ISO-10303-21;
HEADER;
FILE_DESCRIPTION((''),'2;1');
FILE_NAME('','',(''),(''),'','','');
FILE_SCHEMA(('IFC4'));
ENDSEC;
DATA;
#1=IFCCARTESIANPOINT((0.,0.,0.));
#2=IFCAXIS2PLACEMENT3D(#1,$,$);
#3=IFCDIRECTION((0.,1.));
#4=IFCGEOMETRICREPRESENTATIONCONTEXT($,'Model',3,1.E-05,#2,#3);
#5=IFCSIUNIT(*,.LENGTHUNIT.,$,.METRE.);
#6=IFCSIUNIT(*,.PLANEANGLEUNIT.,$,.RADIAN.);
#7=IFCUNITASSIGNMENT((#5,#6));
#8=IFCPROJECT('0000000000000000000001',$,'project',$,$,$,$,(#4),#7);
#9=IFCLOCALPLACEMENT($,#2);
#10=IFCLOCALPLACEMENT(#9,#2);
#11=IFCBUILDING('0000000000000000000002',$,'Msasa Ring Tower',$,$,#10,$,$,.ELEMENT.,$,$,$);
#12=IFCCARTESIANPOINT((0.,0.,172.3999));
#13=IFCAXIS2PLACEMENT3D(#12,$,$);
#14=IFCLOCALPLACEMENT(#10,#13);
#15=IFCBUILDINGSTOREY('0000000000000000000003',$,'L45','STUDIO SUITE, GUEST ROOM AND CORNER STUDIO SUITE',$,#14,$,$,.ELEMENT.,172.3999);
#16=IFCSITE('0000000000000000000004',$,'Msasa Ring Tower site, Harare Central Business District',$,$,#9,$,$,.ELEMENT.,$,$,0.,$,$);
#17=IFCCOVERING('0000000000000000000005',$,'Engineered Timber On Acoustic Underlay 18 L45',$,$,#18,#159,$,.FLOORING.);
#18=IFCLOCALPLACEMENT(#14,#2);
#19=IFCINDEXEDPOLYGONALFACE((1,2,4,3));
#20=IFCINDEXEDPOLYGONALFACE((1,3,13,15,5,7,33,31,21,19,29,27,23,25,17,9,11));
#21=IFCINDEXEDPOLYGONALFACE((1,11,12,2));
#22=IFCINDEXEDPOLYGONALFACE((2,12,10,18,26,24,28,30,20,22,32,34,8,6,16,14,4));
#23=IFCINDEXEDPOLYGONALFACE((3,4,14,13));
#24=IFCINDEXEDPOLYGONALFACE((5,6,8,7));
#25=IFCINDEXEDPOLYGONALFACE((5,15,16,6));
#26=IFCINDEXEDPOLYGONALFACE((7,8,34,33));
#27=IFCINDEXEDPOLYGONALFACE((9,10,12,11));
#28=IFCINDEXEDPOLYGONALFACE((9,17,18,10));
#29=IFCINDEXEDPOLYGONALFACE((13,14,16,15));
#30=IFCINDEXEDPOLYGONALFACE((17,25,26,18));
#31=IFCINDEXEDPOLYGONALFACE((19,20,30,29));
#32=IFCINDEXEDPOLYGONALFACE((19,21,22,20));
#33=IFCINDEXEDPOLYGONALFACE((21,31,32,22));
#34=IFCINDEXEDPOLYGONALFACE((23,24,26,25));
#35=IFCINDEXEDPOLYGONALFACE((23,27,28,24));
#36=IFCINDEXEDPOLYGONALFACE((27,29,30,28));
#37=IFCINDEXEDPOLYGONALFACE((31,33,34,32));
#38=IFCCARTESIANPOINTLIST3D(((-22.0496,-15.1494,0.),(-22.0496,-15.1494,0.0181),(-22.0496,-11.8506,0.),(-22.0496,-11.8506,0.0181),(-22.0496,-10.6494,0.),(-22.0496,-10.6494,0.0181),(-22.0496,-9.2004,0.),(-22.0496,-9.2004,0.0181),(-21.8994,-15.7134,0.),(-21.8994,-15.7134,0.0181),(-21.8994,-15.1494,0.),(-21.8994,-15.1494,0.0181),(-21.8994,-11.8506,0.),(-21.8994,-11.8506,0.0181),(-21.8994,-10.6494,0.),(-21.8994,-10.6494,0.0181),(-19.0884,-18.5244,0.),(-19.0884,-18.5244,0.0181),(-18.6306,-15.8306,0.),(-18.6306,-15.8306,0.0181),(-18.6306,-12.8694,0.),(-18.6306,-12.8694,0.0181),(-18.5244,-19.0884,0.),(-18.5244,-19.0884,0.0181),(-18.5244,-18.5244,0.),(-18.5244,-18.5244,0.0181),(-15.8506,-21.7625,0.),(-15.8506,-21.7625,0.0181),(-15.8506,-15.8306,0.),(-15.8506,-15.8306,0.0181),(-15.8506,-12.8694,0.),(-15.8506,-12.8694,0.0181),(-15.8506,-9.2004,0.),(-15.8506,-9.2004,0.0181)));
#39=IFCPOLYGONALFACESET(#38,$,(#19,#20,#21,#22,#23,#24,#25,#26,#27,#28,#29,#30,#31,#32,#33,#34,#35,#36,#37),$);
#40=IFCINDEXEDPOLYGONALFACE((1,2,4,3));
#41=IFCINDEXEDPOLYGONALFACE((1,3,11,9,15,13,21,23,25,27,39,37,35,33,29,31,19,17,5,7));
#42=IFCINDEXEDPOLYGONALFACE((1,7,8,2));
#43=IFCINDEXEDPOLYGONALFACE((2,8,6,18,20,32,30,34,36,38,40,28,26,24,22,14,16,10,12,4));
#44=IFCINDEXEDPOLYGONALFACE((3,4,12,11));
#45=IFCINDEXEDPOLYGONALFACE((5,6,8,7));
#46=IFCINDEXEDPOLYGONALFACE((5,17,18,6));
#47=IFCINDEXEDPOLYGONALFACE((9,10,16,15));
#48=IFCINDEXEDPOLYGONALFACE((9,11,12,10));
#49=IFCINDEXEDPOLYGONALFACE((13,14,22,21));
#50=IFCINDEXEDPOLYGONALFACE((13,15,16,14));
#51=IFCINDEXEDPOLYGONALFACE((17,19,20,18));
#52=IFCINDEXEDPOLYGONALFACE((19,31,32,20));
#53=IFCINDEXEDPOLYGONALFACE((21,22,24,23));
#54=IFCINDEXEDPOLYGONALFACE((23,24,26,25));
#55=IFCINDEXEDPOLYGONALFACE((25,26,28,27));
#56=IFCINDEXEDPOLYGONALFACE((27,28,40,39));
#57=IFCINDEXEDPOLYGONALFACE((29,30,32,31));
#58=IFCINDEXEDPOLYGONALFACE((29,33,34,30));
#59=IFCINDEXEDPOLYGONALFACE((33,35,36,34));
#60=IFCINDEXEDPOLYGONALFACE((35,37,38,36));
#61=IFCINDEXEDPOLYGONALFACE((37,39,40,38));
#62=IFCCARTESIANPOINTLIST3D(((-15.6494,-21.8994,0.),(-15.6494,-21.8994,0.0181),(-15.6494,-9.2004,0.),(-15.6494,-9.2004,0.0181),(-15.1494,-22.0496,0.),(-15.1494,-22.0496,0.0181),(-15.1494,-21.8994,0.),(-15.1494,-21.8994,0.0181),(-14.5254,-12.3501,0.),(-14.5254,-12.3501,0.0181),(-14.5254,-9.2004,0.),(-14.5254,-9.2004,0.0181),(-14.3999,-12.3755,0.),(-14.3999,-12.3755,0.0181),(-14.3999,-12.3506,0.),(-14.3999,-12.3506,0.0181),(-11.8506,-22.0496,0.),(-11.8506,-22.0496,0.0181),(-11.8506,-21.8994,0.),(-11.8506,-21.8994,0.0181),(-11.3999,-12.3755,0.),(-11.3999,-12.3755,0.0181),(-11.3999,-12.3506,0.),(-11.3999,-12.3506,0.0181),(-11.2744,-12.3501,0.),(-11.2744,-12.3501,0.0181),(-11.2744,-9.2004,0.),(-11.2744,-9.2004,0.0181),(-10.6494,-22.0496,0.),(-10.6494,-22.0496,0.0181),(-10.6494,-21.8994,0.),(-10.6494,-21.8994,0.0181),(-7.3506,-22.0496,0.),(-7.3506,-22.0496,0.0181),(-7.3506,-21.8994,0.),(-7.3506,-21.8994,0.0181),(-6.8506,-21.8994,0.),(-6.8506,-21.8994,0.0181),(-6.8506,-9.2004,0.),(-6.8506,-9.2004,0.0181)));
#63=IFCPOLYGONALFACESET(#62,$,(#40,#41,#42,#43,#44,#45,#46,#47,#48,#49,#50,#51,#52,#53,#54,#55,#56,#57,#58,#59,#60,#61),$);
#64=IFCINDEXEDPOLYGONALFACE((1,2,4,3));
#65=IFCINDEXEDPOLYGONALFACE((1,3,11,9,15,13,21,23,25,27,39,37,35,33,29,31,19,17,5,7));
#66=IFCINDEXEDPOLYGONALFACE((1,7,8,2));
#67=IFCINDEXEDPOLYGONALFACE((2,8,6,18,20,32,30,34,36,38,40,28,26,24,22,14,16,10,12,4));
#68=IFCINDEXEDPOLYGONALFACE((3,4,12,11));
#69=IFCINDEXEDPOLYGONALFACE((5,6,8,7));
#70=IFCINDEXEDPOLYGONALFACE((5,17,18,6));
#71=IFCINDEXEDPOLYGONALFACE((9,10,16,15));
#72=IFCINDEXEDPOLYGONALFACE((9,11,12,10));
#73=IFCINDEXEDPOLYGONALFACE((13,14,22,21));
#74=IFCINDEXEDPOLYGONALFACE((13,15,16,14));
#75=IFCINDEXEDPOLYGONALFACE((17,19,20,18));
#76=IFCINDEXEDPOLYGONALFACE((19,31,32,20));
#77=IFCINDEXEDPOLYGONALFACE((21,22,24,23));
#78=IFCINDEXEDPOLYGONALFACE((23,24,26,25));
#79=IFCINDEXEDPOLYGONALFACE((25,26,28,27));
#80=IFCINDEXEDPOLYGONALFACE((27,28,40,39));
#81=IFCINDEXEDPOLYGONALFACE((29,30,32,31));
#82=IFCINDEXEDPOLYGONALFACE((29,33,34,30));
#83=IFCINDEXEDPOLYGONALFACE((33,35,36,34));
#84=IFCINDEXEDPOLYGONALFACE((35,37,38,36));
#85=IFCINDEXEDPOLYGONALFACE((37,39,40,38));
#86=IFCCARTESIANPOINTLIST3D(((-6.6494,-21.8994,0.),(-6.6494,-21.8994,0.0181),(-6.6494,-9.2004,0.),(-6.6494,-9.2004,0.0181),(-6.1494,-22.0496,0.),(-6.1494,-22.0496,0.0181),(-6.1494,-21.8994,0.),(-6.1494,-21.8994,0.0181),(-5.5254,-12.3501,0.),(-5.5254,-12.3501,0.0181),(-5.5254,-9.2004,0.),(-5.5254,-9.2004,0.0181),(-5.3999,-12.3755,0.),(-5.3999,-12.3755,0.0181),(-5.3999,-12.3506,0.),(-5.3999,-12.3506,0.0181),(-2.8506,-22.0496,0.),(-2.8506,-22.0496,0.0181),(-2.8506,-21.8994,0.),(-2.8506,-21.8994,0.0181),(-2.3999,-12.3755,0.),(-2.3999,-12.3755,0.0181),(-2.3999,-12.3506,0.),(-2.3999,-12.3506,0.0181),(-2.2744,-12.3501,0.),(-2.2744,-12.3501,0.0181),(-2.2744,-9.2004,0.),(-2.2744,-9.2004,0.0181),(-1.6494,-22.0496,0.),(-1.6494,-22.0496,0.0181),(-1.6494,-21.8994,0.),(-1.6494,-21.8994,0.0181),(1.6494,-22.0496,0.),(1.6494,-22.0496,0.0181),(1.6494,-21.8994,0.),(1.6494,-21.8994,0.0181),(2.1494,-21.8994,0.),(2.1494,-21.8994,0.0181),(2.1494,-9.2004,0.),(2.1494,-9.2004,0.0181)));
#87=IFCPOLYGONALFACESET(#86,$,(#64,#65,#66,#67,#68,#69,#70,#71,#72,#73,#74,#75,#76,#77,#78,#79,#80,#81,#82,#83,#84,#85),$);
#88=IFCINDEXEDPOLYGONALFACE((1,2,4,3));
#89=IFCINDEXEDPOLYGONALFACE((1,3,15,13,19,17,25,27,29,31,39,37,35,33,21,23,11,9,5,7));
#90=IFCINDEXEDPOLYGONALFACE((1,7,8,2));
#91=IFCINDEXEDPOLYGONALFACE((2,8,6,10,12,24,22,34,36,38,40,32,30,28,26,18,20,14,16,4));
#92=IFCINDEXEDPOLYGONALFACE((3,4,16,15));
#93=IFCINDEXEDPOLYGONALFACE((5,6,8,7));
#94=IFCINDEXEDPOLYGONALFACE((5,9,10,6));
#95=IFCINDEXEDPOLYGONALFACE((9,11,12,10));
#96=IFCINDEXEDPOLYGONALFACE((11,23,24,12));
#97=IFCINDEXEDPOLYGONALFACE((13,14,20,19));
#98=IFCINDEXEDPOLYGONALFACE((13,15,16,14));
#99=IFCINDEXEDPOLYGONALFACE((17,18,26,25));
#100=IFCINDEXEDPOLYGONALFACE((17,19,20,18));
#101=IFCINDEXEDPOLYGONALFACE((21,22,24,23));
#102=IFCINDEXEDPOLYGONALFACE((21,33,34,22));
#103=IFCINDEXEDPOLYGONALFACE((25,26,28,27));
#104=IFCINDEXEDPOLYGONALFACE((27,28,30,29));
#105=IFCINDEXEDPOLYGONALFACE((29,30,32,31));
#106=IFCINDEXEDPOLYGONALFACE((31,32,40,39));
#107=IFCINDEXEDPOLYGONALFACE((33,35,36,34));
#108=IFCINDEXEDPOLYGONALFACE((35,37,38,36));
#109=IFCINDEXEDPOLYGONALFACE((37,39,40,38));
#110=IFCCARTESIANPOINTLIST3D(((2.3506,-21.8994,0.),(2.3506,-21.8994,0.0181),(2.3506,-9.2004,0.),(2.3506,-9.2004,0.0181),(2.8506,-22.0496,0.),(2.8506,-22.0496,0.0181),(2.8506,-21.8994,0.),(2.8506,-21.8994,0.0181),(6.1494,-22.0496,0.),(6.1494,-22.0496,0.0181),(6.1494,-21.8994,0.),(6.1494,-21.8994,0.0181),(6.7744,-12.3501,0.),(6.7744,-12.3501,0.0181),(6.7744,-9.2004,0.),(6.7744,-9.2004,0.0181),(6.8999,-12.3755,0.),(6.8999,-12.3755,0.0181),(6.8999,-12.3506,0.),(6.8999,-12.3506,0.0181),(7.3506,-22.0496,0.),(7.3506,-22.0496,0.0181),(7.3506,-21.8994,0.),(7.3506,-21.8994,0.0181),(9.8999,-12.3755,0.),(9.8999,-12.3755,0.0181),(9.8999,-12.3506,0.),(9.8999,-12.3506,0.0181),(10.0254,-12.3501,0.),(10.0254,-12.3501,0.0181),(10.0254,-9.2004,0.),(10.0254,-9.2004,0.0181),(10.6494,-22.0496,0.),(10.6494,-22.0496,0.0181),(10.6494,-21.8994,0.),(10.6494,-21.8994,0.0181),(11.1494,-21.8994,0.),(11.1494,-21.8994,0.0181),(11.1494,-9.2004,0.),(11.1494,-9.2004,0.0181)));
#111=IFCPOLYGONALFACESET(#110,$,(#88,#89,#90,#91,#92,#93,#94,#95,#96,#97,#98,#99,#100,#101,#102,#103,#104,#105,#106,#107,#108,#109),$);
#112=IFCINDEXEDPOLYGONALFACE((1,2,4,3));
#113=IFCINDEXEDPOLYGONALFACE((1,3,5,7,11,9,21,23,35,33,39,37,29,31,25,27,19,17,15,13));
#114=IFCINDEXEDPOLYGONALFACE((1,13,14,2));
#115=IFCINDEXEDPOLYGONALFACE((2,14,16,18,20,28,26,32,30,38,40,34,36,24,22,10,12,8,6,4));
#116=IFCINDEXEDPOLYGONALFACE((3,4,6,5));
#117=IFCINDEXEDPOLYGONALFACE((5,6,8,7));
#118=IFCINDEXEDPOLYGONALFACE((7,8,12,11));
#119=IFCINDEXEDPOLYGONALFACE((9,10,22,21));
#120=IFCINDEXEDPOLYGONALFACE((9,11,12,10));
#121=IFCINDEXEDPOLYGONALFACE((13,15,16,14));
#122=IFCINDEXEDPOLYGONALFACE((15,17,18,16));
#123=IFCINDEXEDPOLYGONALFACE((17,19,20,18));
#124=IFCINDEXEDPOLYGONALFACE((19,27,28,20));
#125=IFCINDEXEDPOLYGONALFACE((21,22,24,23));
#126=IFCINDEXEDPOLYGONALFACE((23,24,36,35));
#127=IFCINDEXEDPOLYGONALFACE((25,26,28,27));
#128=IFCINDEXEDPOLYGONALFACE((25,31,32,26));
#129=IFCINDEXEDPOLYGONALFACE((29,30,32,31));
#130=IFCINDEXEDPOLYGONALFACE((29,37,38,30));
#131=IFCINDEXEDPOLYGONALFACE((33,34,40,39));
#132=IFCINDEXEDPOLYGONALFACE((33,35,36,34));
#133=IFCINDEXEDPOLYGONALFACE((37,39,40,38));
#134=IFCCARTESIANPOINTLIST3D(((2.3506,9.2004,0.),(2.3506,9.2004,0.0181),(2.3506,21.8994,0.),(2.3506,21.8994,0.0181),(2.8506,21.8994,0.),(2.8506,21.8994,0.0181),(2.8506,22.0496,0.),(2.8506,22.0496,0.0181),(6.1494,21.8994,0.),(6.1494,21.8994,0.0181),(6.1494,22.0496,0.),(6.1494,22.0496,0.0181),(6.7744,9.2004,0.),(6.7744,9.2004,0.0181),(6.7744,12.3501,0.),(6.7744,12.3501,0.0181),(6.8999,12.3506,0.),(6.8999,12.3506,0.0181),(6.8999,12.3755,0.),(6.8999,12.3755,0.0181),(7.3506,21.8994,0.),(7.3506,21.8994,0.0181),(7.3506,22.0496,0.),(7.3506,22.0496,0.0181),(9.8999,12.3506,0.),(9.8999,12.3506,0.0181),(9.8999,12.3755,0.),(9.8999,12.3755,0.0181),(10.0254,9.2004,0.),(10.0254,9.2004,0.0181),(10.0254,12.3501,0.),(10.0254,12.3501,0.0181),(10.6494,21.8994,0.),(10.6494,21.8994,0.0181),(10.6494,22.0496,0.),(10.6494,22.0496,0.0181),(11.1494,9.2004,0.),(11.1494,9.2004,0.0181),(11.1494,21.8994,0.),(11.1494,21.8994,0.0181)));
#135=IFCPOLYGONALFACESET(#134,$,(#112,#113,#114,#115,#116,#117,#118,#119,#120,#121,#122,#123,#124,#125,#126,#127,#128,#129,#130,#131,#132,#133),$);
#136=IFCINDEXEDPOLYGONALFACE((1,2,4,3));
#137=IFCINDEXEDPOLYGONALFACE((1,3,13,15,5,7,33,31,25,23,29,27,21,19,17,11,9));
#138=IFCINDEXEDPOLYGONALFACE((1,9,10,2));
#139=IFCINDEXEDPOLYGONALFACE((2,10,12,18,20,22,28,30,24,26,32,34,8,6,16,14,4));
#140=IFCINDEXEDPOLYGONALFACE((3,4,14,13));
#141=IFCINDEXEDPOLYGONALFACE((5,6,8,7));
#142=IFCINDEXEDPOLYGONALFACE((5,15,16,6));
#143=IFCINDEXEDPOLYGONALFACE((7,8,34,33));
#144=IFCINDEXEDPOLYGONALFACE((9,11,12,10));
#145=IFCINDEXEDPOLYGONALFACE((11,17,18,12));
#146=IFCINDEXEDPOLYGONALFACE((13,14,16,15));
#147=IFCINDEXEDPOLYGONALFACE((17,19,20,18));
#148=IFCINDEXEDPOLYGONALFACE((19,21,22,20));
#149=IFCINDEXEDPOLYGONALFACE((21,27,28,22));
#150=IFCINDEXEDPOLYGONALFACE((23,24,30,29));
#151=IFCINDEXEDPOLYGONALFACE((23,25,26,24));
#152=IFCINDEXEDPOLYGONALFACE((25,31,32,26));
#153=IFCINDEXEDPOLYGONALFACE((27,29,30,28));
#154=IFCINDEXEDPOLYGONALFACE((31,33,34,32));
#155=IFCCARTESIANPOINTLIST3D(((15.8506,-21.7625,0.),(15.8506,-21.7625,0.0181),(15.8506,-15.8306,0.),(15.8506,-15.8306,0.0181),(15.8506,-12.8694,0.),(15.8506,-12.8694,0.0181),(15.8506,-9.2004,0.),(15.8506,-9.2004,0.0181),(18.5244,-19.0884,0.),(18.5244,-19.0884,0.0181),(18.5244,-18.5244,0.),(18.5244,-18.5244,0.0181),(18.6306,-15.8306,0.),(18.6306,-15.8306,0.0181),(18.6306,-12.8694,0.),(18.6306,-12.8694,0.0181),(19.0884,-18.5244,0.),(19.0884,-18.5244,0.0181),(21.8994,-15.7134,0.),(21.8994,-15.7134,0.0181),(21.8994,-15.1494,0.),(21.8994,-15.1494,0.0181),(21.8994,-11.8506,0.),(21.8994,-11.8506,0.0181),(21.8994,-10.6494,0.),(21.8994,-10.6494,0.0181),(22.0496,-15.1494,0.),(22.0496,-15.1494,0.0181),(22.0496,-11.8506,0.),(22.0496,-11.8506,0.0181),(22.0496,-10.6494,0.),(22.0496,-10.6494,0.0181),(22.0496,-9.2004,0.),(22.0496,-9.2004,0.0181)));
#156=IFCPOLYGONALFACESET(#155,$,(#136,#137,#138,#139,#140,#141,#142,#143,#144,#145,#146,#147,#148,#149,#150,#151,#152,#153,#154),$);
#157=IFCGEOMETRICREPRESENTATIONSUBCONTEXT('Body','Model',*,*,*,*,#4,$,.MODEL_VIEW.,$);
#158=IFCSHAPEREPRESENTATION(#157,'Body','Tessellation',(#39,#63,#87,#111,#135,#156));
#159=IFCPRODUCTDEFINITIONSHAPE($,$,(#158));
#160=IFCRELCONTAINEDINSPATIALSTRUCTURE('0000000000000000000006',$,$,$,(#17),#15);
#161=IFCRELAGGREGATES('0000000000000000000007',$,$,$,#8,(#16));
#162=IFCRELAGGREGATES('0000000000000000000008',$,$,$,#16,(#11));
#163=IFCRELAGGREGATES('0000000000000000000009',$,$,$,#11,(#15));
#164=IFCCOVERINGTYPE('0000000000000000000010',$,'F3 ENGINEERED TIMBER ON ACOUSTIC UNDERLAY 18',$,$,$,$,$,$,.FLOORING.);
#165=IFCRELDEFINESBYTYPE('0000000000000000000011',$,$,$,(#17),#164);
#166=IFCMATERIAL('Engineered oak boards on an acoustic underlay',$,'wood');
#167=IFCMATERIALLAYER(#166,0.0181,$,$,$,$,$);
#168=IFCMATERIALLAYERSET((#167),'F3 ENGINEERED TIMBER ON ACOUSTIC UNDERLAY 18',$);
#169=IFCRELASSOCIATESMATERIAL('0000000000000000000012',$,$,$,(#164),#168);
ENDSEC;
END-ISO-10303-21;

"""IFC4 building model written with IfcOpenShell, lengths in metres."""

from ifc_helpers import new_model, si_unit, direction, frame, origin, place, context, subcontext, project, spatial, line, indexed_curve, outline, extrude, material, layer, layer_set, type_object, element, save


model = new_model("IFC4")

# Units and contexts
model_context = context("Model", 3, precision=1e-05, world=origin(), true_north=direction((0.0, 1.0)))
body_context = subcontext(model_context, "Body", "Model", "MODEL_VIEW")
ifc_project = project(units=[si_unit("LENGTHUNIT", "METRE"), si_unit("PLANEANGLEUNIT", "RADIAN")], contexts=[model_context])

# Site, building, storey
site_placement = place(None, origin())
site = spatial("IfcSite", under=ifc_project, at=site_placement, Name="Msasa Ring Tower site, Harare Central Business District", CompositionType="ELEMENT", RefElevation=0.0)
building_placement = place(site_placement, origin())
building = spatial("IfcBuilding", under=site, at=building_placement, Name="Msasa Ring Tower", CompositionType="ELEMENT")
storey_placement = place(building_placement, frame((0.0, 0.0, 172.3999)))
storey = spatial("IfcBuildingStorey", under=building, at=storey_placement, Name="L45", Description="STUDIO SUITE, GUEST ROOM AND CORNER STUDIO SUITE", CompositionType="ELEMENT", Elevation=172.3999)

# Covering
ifc_material_1 = material(Name="Engineered oak boards on an acoustic underlay", Category="wood")
ifc_layer_1 = layer(ifc_material_1, 0.0181)
ifc_layer_set_1 = layer_set([ifc_layer_1], Name="F3 ENGINEERED TIMBER ON ACOUSTIC UNDERLAY 18")
covering_type_1 = type_object("IfcCoveringType", Name="F3 ENGINEERED TIMBER ON ACOUSTIC UNDERLAY 18", PredefinedType="FLOORING", material=ifc_layer_set_1)
covering_1_placement = place(storey_placement, origin())
element("IfcCovering", 1, at=covering_1_placement, inside=storey, type_object=covering_type_1, Name="Engineered Timber On Acoustic Underlay 18 L45", PredefinedType="FLOORING", context=body_context, shape_type="SweptSolid", body=[
    extrude(outline(indexed_curve([(-15.8506, -15.8306), (-15.8506, -21.7625), (-18.5244, -19.0884), (-18.5244, -18.5244), (-19.0884, -18.5244), (-21.8994, -15.7134), (-21.8994, -15.1494), (-22.0496, -15.1494), (-22.0496, -11.8506), (-21.8994, -11.8506), (-21.8994, -10.6494), (-22.0496, -10.6494), (-22.0496, -9.2004), (-15.8506, -9.2004), (-15.8506, -12.8694), (-18.6306, -12.8694), (-18.6306, -15.8306)], segments=[line(1, 2, 3, 4, 5, 6, 7, 8, 9, 10, 11, 12, 13, 14, 15, 16, 17, 1)], self_intersect=False)), origin(), (0.0, 0.0, 1.0), 0.0181),
    extrude(outline(indexed_curve([(-14.5254, -9.2004), (-14.5254, -12.3501), (-14.3999, -12.3506), (-14.3999, -12.3755), (-11.3999, -12.3755), (-11.3999, -12.3506), (-11.2744, -12.3501), (-11.2744, -9.2004), (-6.8506, -9.2004), (-6.8506, -21.8994), (-7.3506, -21.8994), (-7.3506, -22.0496), (-10.6494, -22.0496), (-10.6494, -21.8994), (-11.8506, -21.8994), (-11.8506, -22.0496), (-15.1494, -22.0496), (-15.1494, -21.8994), (-15.6494, -21.8994), (-15.6494, -9.2004)], segments=[line(1, 2, 3, 4, 5, 6, 7, 8, 9, 10, 11, 12, 13, 14, 15, 16, 17, 18, 19, 20, 1)], self_intersect=False)), origin(), (0.0, 0.0, 1.0), 0.0181),
    extrude(outline(indexed_curve([(-5.3999, -12.3506), (-5.3999, -12.3755), (-2.3999, -12.3755), (-2.3999, -12.3506), (-2.2744, -12.3501), (-2.2744, -9.2004), (2.1494, -9.2004), (2.1494, -21.8994), (1.6494, -21.8994), (1.6494, -22.0496), (-1.6494, -22.0496), (-1.6494, -21.8994), (-2.8506, -21.8994), (-2.8506, -22.0496), (-6.1494, -22.0496), (-6.1494, -21.8994), (-6.6494, -21.8994), (-6.6494, -9.2004), (-5.5254, -9.2004), (-5.5254, -12.3501)], segments=[line(1, 2, 3, 4, 5, 6, 7, 8, 9, 10, 11, 12, 13, 14, 15, 16, 17, 18, 19, 20, 1)], self_intersect=False)), origin(), (0.0, 0.0, 1.0), 0.0181),
    extrude(outline(indexed_curve([(6.8999, -12.3506), (6.8999, -12.3755), (9.8999, -12.3755), (9.8999, -12.3506), (10.0254, -12.3501), (10.0254, -9.2004), (11.1494, -9.2004), (11.1494, -21.8994), (10.6494, -21.8994), (10.6494, -22.0496), (7.3506, -22.0496), (7.3506, -21.8994), (6.1494, -21.8994), (6.1494, -22.0496), (2.8506, -22.0496), (2.8506, -21.8994), (2.3506, -21.8994), (2.3506, -9.2004), (6.7744, -9.2004), (6.7744, -12.3501)], segments=[line(1, 2, 3, 4, 5, 6, 7, 8, 9, 10, 11, 12, 13, 14, 15, 16, 17, 18, 19, 20, 1)], self_intersect=False)), origin(), (0.0, 0.0, 1.0), 0.0181),
    extrude(outline(indexed_curve([(9.8999, 12.3506), (9.8999, 12.3755), (6.8999, 12.3755), (6.8999, 12.3506), (6.7744, 12.3501), (6.7744, 9.2004), (2.3506, 9.2004), (2.3506, 21.8994), (2.8506, 21.8994), (2.8506, 22.0496), (6.1494, 22.0496), (6.1494, 21.8994), (7.3506, 21.8994), (7.3506, 22.0496), (10.6494, 22.0496), (10.6494, 21.8994), (11.1494, 21.8994), (11.1494, 9.2004), (10.0254, 9.2004), (10.0254, 12.3501)], segments=[line(1, 2, 3, 4, 5, 6, 7, 8, 9, 10, 11, 12, 13, 14, 15, 16, 17, 18, 19, 20, 1)], self_intersect=False)), origin(), (0.0, 0.0, 1.0), 0.0181),
    extrude(outline(indexed_curve([(18.6306, -12.8694), (15.8506, -12.8694), (15.8506, -9.2004), (22.0496, -9.2004), (22.0496, -10.6494), (21.8994, -10.6494), (21.8994, -11.8506), (22.0496, -11.8506), (22.0496, -15.1494), (21.8994, -15.1494), (21.8994, -15.7134), (19.0884, -18.5244), (18.5244, -18.5244), (18.5244, -19.0884), (15.8506, -21.7625), (15.8506, -15.8306), (18.6306, -15.8306)], segments=[line(1, 2, 3, 4, 5, 6, 7, 8, 9, 10, 11, 12, 13, 14, 15, 16, 17, 1)], self_intersect=False)), origin(), (0.0, 0.0, 1.0), 0.0181),
])

save(model, "model.ifc")
